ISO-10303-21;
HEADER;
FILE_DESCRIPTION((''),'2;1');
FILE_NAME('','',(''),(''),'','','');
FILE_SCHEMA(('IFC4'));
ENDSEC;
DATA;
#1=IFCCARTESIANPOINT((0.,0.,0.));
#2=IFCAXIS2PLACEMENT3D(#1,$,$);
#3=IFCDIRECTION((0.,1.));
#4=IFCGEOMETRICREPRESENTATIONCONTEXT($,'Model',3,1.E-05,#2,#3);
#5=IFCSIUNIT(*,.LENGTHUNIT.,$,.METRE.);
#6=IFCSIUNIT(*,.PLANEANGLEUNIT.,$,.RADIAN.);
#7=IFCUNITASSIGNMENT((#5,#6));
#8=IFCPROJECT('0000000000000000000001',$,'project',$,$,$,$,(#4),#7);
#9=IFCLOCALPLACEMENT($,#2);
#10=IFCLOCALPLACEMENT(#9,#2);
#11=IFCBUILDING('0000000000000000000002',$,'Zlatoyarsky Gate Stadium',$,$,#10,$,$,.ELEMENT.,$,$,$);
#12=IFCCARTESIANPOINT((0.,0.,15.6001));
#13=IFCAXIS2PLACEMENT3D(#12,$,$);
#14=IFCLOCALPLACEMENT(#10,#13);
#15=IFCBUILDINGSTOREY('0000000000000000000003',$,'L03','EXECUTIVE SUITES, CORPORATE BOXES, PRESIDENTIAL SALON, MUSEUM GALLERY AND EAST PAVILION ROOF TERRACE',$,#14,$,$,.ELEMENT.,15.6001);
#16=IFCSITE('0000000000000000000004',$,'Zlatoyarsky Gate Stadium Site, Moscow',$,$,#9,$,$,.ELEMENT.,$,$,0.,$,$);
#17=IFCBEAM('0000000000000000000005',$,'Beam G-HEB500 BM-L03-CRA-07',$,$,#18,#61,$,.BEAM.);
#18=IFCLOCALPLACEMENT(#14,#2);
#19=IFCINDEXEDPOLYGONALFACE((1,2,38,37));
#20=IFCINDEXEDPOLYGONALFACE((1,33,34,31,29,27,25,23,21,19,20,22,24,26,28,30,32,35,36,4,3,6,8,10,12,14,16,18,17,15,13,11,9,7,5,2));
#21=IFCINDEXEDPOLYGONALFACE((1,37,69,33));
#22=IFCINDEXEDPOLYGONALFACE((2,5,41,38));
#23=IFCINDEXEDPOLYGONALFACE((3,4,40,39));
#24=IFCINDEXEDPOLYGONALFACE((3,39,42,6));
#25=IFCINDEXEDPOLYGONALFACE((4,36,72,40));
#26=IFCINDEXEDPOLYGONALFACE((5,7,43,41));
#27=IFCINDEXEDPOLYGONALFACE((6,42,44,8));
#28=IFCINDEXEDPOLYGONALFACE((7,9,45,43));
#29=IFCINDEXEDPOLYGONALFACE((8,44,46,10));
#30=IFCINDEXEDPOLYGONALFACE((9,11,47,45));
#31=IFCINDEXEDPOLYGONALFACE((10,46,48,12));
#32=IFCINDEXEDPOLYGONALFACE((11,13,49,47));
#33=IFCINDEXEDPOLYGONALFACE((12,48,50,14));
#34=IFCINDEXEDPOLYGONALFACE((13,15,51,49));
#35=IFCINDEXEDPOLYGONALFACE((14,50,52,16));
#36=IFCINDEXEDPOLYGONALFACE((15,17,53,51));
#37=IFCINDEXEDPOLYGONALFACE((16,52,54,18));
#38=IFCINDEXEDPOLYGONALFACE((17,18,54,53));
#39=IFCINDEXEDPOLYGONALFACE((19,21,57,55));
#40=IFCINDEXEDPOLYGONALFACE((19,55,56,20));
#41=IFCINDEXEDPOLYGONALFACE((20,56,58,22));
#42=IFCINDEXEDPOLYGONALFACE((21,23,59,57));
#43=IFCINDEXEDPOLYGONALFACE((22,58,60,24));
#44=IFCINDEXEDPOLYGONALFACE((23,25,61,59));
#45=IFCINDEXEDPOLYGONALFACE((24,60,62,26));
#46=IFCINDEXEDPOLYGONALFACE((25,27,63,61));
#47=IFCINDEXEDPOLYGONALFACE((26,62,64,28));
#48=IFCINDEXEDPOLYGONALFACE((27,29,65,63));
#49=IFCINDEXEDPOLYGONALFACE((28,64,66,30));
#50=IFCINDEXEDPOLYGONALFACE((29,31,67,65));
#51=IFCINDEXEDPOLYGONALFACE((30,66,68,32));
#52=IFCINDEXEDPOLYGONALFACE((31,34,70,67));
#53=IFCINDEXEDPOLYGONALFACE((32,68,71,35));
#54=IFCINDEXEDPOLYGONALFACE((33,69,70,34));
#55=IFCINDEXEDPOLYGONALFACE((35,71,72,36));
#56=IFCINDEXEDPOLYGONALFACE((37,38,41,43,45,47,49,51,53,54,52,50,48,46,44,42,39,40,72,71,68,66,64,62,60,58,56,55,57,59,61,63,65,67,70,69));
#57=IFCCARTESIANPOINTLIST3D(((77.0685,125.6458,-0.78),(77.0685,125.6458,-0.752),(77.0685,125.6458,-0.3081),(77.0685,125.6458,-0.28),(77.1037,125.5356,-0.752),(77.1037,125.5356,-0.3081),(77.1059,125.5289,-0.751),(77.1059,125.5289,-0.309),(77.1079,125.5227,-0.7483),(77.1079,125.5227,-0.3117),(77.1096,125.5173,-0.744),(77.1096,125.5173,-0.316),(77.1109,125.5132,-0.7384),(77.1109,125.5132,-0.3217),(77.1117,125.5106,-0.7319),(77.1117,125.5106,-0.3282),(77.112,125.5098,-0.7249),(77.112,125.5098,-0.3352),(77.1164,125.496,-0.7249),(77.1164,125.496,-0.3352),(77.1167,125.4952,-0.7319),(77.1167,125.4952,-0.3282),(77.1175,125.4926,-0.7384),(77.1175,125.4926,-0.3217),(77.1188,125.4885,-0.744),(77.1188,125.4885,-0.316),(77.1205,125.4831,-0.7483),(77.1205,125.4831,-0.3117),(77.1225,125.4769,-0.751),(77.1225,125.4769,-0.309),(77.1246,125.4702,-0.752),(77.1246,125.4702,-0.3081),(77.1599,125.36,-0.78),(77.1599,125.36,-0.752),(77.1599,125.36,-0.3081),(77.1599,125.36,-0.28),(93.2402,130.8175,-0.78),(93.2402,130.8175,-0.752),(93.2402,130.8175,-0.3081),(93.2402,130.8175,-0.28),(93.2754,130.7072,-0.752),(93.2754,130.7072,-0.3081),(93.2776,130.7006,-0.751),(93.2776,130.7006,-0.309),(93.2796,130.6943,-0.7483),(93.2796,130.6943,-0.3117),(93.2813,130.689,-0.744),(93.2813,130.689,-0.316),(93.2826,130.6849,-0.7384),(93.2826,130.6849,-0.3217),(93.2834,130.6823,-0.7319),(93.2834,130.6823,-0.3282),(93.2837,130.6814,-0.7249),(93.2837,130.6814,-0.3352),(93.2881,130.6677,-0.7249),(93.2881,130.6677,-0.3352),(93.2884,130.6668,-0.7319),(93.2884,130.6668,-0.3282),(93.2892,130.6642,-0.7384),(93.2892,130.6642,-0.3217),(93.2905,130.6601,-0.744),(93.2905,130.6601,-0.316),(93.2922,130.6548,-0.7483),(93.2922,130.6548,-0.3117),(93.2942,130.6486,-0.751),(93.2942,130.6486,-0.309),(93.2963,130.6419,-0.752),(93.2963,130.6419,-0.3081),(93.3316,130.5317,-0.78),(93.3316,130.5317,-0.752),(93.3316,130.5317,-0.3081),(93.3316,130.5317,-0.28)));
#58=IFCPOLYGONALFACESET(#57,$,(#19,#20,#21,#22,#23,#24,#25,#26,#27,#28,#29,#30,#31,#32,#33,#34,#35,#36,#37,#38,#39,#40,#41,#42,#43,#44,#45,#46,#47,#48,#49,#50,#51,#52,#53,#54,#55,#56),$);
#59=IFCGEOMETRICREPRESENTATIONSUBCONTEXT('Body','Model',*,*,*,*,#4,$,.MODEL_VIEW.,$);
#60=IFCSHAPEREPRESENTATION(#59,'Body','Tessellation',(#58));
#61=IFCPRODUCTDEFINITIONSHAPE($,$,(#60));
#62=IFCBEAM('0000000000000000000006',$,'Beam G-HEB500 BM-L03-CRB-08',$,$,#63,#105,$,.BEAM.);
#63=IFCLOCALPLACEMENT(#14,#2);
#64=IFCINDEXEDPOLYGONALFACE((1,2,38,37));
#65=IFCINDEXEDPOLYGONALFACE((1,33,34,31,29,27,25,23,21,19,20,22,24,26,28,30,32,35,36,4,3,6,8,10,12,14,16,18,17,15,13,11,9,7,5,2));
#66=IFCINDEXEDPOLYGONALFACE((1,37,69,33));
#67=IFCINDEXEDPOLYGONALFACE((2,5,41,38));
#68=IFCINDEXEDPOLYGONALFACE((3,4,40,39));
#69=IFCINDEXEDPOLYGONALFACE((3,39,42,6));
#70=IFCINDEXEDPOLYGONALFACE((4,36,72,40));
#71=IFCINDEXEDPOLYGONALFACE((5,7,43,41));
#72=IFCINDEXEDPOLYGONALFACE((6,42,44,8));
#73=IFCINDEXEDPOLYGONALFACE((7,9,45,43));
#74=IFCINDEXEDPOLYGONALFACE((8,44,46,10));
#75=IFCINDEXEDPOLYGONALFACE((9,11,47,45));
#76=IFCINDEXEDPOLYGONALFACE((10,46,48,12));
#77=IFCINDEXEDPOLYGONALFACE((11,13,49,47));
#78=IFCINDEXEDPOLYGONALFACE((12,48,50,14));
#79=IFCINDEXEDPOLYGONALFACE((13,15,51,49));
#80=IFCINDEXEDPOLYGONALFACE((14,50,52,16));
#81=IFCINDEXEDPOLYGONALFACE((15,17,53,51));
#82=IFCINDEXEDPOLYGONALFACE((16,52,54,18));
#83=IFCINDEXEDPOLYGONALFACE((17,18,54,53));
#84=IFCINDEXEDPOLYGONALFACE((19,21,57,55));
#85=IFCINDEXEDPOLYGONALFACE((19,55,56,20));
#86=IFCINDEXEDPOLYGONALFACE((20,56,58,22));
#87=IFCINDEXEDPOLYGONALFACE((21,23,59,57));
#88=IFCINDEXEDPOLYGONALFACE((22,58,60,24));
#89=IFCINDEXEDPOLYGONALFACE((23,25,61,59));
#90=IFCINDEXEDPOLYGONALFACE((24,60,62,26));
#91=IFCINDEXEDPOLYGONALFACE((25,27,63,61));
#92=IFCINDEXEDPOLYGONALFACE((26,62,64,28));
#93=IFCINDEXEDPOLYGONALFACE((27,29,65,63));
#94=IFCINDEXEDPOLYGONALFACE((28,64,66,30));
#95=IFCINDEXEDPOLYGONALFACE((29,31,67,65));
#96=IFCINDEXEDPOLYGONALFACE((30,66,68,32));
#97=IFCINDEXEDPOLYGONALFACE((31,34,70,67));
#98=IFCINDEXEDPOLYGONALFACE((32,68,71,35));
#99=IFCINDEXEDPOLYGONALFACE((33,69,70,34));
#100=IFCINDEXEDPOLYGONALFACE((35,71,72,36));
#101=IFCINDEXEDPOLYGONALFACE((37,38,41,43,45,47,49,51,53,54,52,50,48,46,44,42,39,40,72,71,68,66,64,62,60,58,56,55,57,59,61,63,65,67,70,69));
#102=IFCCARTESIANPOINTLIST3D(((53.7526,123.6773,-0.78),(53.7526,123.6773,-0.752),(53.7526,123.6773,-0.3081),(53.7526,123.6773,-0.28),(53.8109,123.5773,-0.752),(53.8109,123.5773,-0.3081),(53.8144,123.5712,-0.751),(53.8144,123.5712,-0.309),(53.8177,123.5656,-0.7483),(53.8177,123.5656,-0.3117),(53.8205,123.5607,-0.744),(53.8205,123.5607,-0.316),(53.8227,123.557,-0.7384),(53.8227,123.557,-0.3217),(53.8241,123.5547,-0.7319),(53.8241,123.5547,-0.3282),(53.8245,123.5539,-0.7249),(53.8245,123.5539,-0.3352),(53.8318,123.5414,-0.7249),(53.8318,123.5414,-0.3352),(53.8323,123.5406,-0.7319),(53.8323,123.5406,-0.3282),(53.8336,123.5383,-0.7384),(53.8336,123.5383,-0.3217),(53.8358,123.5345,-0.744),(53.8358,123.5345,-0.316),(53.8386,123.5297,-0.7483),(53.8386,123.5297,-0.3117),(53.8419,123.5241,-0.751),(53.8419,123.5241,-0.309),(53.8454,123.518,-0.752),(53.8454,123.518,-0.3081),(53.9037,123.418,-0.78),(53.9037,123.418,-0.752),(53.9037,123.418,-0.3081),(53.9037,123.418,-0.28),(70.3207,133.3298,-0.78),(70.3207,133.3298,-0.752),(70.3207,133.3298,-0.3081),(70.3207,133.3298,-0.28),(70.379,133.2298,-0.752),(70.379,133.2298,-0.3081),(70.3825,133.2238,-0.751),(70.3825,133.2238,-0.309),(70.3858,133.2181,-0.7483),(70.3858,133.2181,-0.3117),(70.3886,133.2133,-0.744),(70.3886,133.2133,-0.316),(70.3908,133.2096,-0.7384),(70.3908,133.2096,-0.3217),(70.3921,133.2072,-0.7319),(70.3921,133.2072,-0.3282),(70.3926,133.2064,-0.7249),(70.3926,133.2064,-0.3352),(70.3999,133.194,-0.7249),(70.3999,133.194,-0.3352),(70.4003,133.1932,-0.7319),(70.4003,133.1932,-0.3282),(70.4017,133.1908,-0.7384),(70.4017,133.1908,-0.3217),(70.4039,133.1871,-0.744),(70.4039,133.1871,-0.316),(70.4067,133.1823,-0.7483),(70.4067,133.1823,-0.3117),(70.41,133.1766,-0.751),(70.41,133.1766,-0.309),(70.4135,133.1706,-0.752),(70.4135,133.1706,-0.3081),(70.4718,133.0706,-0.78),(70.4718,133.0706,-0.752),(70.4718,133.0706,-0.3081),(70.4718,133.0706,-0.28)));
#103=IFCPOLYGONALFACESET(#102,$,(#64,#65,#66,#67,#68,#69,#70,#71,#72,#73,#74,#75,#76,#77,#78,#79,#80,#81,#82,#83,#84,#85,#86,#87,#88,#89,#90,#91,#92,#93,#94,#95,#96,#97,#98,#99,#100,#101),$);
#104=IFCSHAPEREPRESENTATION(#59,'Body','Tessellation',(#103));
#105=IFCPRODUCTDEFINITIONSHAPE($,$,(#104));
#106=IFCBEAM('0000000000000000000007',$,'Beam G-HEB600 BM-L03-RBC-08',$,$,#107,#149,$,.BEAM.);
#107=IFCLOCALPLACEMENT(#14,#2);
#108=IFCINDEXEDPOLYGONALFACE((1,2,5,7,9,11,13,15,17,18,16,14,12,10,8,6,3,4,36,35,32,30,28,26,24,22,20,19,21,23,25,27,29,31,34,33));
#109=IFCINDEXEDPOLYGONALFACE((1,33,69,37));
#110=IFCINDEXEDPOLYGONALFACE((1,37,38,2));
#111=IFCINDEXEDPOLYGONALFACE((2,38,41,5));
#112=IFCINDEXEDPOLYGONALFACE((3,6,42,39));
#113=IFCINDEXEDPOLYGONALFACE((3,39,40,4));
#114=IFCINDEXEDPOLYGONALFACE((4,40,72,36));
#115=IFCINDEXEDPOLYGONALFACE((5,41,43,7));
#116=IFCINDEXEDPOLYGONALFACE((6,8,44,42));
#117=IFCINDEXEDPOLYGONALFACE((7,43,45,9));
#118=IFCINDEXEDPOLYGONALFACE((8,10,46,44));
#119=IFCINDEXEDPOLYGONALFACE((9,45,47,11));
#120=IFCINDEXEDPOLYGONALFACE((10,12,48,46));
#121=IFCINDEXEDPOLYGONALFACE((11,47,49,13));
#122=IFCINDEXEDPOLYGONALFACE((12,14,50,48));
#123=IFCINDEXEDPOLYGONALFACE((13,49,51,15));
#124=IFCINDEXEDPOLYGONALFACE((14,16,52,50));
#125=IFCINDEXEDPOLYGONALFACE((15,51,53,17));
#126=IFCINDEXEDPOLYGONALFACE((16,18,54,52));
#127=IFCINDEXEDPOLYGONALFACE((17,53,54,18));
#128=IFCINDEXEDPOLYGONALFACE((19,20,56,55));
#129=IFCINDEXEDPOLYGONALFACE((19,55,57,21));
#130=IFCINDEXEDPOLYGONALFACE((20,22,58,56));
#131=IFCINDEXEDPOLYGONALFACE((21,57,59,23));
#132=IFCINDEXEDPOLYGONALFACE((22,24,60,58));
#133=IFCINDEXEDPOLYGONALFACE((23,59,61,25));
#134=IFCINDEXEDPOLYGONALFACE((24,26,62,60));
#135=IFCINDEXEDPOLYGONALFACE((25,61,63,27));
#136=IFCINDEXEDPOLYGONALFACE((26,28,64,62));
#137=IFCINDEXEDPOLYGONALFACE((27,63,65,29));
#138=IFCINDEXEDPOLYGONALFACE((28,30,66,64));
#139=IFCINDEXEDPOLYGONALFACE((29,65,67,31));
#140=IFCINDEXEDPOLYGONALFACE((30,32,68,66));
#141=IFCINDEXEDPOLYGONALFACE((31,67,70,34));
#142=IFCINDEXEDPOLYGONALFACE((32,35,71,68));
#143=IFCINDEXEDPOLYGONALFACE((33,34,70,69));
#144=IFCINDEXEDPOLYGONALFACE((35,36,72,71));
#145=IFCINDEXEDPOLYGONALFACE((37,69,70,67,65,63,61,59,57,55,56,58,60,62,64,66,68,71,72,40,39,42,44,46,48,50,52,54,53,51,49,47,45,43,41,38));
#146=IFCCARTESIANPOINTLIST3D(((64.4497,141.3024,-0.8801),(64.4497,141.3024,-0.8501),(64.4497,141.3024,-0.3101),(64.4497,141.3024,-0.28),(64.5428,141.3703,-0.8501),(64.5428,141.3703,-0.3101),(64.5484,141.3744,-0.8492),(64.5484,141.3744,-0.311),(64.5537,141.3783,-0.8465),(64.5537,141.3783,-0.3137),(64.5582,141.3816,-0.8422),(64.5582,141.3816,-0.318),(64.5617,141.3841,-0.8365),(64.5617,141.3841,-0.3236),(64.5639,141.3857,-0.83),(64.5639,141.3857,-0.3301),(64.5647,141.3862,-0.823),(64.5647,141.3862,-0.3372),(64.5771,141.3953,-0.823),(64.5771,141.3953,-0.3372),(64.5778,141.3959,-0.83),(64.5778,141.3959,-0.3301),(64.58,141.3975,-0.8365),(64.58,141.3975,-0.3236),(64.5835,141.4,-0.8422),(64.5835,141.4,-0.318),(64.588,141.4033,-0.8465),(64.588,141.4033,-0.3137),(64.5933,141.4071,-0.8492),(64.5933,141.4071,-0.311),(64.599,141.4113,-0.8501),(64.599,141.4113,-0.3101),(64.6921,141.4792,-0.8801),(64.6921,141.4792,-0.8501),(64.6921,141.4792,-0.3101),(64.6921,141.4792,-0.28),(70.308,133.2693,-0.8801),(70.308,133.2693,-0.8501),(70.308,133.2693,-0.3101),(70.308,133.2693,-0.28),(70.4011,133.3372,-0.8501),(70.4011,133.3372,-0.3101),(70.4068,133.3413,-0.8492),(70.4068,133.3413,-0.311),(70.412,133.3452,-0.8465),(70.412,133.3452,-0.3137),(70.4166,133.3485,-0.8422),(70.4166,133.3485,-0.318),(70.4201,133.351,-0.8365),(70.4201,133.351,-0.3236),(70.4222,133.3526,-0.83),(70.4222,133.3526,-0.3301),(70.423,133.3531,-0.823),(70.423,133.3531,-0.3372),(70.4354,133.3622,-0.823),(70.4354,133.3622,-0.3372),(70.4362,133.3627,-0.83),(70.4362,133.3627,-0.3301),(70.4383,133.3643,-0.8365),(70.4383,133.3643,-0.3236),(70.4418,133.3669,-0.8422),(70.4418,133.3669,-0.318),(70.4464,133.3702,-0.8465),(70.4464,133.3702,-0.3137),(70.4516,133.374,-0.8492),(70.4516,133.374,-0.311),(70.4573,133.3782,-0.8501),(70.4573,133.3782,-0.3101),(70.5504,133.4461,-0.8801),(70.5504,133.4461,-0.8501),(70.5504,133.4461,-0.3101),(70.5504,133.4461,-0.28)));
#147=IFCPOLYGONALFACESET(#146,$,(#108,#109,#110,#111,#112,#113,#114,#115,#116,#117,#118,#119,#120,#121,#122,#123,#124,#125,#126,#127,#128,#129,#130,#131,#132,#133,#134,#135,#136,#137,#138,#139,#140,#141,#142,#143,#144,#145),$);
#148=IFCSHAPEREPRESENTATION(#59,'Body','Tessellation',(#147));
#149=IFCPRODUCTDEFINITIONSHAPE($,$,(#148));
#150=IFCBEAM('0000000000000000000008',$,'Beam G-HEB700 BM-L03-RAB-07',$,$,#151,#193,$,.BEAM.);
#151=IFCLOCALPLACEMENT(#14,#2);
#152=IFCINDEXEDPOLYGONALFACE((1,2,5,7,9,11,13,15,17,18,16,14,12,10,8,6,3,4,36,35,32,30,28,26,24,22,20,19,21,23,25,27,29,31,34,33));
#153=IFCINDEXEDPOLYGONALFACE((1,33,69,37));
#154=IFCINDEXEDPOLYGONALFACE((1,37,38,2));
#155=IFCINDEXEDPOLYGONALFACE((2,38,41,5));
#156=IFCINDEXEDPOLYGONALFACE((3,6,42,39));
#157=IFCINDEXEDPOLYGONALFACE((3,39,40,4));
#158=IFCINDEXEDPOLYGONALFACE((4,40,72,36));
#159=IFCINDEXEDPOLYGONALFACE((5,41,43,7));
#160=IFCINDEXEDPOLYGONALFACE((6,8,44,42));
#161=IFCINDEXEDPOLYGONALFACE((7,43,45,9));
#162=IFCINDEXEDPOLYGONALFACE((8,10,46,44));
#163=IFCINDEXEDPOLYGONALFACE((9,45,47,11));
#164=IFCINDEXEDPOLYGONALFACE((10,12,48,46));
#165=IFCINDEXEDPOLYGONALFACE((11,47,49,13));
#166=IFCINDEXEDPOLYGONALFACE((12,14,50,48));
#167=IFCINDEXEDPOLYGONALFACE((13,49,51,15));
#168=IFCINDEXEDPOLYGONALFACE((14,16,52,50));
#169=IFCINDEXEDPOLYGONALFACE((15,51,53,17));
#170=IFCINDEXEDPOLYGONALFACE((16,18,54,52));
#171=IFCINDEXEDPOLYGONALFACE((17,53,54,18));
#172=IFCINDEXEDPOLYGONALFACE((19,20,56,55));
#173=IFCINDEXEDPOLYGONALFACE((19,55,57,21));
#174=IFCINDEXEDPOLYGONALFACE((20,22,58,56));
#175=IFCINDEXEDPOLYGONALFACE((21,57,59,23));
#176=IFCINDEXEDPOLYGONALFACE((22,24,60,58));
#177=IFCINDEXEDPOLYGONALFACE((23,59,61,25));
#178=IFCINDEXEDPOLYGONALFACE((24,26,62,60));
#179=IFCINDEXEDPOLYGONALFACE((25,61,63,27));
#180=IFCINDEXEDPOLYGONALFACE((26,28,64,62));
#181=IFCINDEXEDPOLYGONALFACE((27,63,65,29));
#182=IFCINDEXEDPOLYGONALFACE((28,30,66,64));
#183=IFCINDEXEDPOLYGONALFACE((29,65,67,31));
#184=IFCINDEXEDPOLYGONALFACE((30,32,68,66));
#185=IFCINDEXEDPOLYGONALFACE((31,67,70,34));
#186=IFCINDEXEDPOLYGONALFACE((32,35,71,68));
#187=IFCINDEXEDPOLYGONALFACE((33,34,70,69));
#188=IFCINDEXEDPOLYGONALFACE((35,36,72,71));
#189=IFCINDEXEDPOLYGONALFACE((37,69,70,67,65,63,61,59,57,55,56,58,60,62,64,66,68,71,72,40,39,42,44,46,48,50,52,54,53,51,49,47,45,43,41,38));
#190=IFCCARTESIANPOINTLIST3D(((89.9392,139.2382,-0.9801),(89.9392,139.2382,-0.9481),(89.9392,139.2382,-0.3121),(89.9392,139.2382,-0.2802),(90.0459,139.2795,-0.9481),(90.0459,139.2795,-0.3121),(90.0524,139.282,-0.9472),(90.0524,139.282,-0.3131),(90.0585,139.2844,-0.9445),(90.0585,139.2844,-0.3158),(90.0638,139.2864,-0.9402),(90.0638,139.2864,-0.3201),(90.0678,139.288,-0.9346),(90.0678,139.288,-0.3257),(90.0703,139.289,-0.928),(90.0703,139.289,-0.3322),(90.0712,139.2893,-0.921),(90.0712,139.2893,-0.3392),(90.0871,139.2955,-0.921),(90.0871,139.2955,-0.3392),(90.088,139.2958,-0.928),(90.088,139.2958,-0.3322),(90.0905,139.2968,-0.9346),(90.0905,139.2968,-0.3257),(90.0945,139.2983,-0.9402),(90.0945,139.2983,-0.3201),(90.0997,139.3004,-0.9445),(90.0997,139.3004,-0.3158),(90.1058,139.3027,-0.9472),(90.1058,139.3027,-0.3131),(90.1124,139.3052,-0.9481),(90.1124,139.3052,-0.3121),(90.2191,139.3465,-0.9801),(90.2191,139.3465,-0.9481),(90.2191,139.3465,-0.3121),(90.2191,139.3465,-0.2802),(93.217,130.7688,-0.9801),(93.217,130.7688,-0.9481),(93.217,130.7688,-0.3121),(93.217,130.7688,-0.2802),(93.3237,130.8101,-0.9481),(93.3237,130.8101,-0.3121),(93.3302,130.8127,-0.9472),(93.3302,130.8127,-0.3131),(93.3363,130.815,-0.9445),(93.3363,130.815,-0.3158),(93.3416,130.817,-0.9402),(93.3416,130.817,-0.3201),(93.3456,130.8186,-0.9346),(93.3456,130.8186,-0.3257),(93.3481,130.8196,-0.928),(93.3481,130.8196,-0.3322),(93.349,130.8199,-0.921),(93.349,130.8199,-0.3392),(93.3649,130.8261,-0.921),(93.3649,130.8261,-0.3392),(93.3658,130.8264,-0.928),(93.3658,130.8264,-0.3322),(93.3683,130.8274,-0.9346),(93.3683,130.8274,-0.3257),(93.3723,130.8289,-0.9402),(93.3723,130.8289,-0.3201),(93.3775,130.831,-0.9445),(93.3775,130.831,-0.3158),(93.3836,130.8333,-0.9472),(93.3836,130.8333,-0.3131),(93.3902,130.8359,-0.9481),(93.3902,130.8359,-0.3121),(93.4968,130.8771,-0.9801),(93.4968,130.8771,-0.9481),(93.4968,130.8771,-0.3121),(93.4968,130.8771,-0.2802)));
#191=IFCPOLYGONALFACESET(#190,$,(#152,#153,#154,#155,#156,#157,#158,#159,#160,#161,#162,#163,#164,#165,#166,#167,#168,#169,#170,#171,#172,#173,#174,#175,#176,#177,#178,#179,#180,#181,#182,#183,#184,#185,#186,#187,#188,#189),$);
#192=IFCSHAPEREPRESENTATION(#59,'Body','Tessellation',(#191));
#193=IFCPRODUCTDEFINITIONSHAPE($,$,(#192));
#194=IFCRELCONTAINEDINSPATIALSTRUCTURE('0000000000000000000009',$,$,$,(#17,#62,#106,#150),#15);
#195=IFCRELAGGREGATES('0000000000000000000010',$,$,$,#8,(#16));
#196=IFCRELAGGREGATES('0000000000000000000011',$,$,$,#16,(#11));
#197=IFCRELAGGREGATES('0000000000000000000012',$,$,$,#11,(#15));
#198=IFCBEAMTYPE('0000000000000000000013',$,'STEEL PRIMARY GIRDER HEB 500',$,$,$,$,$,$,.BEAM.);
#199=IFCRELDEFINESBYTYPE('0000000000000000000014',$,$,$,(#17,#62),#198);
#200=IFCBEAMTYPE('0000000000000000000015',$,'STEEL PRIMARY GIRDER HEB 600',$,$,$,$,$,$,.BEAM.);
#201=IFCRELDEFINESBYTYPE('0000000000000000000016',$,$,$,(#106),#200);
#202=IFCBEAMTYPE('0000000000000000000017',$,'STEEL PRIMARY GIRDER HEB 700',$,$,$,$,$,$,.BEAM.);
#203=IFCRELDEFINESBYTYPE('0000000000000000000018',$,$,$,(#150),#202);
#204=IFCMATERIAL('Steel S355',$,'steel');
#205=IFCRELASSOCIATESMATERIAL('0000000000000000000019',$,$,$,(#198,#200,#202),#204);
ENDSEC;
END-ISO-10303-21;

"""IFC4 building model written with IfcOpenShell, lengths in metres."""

from ifc_helpers import new_model, si_unit, direction, frame, origin, origin_2d, place, context, subcontext, project, spatial, i_section, extrude, material, material_profile, profile_set, type_object, element, save


model = new_model("IFC4")

# Units and contexts
model_context = context("Model", 3, precision=1e-05, world=origin(), true_north=direction((0.0, 1.0)))
body_context = subcontext(model_context, "Body", "Model", "MODEL_VIEW")
ifc_project = project(units=[si_unit("LENGTHUNIT", "METRE"), si_unit("PLANEANGLEUNIT", "RADIAN")], contexts=[model_context])

# Site, building, storey
site_placement = place(None, origin())
site = spatial("IfcSite", under=ifc_project, at=site_placement, Name="Zlatoyarsky Gate Stadium Site, Moscow", CompositionType="ELEMENT", RefElevation=0.0)
building_placement = place(site_placement, origin())
building = spatial("IfcBuilding", under=site, at=building_placement, Name="Zlatoyarsky Gate Stadium", CompositionType="ELEMENT")
storey_placement = place(building_placement, frame((0.0, 0.0, 15.6001)))
storey = spatial("IfcBuildingStorey", under=building, at=storey_placement, Name="L03", Description="EXECUTIVE SUITES, CORPORATE BOXES, PRESIDENTIAL SALON, MUSEUM GALLERY AND EAST PAVILION ROOF TERRACE", CompositionType="ELEMENT", Elevation=15.6001)

# Shared definitions
ifc_material_1 = material(Name="Steel S355", Category="steel")

# Beams
ifc_material_profile_1 = material_profile(ifc_material_1, i_section(OverallWidth=0.3, OverallDepth=0.5, WebThickness=0.0144, FlangeThickness=0.0281, FilletRadius=0.0271, at=origin_2d()), Name="HEB 500")
ifc_profile_set_1 = profile_set([ifc_material_profile_1], Name="Steel S355")
beam_type_1 = type_object("IfcBeamType", Name="STEEL PRIMARY GIRDER HEB 500", PredefinedType="BEAM", material=ifc_profile_set_1)
beam_1_placement = place(storey_placement, frame((93.2859, 130.6746, -0.53), z_axis=(-0.95248, -0.3046, 0.0), x_axis=(0.3046, -0.95248, 0.0)))
element("IfcBeam", 1, at=beam_1_placement, inside=storey, type_object=beam_type_1, Name="Beam G-HEB500 BM-L03-CRA-07", PredefinedType="BEAM", context=body_context, shape_type="SweptSolid", body=[
    extrude(i_section(OverallWidth=0.3, OverallDepth=0.5, WebThickness=0.0144, FlangeThickness=0.0281, FilletRadius=0.0271, at=origin_2d()), origin(), (0.0, 0.0, 1.0), 16.9785),
])
beam_2_placement = place(storey_placement, frame((70.3962, 133.2002, -0.53), z_axis=(-0.864054, -0.503398, 0.0), x_axis=(0.503398, -0.864054, 0.0)))
element("IfcBeam", 2, at=beam_2_placement, inside=storey, type_object=beam_type_1, Name="Beam G-HEB500 BM-L03-CRB-08", PredefinedType="BEAM", context=body_context, shape_type="SweptSolid", body=[
    extrude(i_section(OverallWidth=0.3, OverallDepth=0.5, WebThickness=0.0144, FlangeThickness=0.0281, FilletRadius=0.0271, at=origin_2d()), origin(), (0.0, 0.0, 1.0), 19.1748),
])
ifc_material_profile_2 = material_profile(ifc_material_1, i_section(OverallWidth=0.3, OverallDepth=0.6001, WebThickness=0.0154, FlangeThickness=0.03, FilletRadius=0.0271, at=origin_2d()), Name="HEB 600")
ifc_profile_set_2 = profile_set([ifc_material_profile_2], Name="Steel S355")
beam_type_2 = type_object("IfcBeamType", Name="STEEL PRIMARY GIRDER HEB 600", PredefinedType="BEAM", material=ifc_profile_set_2)
beam_3_placement = place(storey_placement, frame((70.4292, 133.3577, -0.5801), z_axis=(-0.589228, 0.807967, 0.0), x_axis=(-0.807967, -0.589228, 0.0)))
element("IfcBeam", 3, at=beam_3_placement, inside=storey, type_object=beam_type_2, Name="Beam G-HEB600 BM-L03-RBC-08", PredefinedType="BEAM", context=body_context, shape_type="SweptSolid", body=[
    extrude(i_section(OverallWidth=0.3, OverallDepth=0.6001, WebThickness=0.0154, FlangeThickness=0.03, FilletRadius=0.0271, at=origin_2d()), origin(), (0.0, 0.0, 1.0), 9.9424),
])
ifc_material_profile_3 = material_profile(ifc_material_1, i_section(OverallWidth=0.3, OverallDepth=0.7, WebThickness=0.0171, FlangeThickness=0.032, FilletRadius=0.0271, at=origin_2d()), Name="HEB 700")
ifc_profile_set_3 = profile_set([ifc_material_profile_3], Name="Steel S355")
beam_type_3 = type_object("IfcBeamType", Name="STEEL PRIMARY GIRDER HEB 700", PredefinedType="BEAM", material=ifc_profile_set_3)
beam_4_placement = place(storey_placement, frame((93.3569, 130.823, -0.6301), z_axis=(-0.360929, 0.932593, 0.0), x_axis=(-0.932593, -0.360929, 0.0)))
element("IfcBeam", 4, at=beam_4_placement, inside=storey, type_object=beam_type_3, Name="Beam G-HEB700 BM-L03-RAB-07", PredefinedType="BEAM", context=body_context, shape_type="SweptSolid", body=[
    extrude(i_section(OverallWidth=0.3, OverallDepth=0.7, WebThickness=0.0171, FlangeThickness=0.032, FilletRadius=0.0271, at=origin_2d()), origin(), (0.0, 0.0, 1.0), 9.0815),
])

save(model, "model.ifc")
